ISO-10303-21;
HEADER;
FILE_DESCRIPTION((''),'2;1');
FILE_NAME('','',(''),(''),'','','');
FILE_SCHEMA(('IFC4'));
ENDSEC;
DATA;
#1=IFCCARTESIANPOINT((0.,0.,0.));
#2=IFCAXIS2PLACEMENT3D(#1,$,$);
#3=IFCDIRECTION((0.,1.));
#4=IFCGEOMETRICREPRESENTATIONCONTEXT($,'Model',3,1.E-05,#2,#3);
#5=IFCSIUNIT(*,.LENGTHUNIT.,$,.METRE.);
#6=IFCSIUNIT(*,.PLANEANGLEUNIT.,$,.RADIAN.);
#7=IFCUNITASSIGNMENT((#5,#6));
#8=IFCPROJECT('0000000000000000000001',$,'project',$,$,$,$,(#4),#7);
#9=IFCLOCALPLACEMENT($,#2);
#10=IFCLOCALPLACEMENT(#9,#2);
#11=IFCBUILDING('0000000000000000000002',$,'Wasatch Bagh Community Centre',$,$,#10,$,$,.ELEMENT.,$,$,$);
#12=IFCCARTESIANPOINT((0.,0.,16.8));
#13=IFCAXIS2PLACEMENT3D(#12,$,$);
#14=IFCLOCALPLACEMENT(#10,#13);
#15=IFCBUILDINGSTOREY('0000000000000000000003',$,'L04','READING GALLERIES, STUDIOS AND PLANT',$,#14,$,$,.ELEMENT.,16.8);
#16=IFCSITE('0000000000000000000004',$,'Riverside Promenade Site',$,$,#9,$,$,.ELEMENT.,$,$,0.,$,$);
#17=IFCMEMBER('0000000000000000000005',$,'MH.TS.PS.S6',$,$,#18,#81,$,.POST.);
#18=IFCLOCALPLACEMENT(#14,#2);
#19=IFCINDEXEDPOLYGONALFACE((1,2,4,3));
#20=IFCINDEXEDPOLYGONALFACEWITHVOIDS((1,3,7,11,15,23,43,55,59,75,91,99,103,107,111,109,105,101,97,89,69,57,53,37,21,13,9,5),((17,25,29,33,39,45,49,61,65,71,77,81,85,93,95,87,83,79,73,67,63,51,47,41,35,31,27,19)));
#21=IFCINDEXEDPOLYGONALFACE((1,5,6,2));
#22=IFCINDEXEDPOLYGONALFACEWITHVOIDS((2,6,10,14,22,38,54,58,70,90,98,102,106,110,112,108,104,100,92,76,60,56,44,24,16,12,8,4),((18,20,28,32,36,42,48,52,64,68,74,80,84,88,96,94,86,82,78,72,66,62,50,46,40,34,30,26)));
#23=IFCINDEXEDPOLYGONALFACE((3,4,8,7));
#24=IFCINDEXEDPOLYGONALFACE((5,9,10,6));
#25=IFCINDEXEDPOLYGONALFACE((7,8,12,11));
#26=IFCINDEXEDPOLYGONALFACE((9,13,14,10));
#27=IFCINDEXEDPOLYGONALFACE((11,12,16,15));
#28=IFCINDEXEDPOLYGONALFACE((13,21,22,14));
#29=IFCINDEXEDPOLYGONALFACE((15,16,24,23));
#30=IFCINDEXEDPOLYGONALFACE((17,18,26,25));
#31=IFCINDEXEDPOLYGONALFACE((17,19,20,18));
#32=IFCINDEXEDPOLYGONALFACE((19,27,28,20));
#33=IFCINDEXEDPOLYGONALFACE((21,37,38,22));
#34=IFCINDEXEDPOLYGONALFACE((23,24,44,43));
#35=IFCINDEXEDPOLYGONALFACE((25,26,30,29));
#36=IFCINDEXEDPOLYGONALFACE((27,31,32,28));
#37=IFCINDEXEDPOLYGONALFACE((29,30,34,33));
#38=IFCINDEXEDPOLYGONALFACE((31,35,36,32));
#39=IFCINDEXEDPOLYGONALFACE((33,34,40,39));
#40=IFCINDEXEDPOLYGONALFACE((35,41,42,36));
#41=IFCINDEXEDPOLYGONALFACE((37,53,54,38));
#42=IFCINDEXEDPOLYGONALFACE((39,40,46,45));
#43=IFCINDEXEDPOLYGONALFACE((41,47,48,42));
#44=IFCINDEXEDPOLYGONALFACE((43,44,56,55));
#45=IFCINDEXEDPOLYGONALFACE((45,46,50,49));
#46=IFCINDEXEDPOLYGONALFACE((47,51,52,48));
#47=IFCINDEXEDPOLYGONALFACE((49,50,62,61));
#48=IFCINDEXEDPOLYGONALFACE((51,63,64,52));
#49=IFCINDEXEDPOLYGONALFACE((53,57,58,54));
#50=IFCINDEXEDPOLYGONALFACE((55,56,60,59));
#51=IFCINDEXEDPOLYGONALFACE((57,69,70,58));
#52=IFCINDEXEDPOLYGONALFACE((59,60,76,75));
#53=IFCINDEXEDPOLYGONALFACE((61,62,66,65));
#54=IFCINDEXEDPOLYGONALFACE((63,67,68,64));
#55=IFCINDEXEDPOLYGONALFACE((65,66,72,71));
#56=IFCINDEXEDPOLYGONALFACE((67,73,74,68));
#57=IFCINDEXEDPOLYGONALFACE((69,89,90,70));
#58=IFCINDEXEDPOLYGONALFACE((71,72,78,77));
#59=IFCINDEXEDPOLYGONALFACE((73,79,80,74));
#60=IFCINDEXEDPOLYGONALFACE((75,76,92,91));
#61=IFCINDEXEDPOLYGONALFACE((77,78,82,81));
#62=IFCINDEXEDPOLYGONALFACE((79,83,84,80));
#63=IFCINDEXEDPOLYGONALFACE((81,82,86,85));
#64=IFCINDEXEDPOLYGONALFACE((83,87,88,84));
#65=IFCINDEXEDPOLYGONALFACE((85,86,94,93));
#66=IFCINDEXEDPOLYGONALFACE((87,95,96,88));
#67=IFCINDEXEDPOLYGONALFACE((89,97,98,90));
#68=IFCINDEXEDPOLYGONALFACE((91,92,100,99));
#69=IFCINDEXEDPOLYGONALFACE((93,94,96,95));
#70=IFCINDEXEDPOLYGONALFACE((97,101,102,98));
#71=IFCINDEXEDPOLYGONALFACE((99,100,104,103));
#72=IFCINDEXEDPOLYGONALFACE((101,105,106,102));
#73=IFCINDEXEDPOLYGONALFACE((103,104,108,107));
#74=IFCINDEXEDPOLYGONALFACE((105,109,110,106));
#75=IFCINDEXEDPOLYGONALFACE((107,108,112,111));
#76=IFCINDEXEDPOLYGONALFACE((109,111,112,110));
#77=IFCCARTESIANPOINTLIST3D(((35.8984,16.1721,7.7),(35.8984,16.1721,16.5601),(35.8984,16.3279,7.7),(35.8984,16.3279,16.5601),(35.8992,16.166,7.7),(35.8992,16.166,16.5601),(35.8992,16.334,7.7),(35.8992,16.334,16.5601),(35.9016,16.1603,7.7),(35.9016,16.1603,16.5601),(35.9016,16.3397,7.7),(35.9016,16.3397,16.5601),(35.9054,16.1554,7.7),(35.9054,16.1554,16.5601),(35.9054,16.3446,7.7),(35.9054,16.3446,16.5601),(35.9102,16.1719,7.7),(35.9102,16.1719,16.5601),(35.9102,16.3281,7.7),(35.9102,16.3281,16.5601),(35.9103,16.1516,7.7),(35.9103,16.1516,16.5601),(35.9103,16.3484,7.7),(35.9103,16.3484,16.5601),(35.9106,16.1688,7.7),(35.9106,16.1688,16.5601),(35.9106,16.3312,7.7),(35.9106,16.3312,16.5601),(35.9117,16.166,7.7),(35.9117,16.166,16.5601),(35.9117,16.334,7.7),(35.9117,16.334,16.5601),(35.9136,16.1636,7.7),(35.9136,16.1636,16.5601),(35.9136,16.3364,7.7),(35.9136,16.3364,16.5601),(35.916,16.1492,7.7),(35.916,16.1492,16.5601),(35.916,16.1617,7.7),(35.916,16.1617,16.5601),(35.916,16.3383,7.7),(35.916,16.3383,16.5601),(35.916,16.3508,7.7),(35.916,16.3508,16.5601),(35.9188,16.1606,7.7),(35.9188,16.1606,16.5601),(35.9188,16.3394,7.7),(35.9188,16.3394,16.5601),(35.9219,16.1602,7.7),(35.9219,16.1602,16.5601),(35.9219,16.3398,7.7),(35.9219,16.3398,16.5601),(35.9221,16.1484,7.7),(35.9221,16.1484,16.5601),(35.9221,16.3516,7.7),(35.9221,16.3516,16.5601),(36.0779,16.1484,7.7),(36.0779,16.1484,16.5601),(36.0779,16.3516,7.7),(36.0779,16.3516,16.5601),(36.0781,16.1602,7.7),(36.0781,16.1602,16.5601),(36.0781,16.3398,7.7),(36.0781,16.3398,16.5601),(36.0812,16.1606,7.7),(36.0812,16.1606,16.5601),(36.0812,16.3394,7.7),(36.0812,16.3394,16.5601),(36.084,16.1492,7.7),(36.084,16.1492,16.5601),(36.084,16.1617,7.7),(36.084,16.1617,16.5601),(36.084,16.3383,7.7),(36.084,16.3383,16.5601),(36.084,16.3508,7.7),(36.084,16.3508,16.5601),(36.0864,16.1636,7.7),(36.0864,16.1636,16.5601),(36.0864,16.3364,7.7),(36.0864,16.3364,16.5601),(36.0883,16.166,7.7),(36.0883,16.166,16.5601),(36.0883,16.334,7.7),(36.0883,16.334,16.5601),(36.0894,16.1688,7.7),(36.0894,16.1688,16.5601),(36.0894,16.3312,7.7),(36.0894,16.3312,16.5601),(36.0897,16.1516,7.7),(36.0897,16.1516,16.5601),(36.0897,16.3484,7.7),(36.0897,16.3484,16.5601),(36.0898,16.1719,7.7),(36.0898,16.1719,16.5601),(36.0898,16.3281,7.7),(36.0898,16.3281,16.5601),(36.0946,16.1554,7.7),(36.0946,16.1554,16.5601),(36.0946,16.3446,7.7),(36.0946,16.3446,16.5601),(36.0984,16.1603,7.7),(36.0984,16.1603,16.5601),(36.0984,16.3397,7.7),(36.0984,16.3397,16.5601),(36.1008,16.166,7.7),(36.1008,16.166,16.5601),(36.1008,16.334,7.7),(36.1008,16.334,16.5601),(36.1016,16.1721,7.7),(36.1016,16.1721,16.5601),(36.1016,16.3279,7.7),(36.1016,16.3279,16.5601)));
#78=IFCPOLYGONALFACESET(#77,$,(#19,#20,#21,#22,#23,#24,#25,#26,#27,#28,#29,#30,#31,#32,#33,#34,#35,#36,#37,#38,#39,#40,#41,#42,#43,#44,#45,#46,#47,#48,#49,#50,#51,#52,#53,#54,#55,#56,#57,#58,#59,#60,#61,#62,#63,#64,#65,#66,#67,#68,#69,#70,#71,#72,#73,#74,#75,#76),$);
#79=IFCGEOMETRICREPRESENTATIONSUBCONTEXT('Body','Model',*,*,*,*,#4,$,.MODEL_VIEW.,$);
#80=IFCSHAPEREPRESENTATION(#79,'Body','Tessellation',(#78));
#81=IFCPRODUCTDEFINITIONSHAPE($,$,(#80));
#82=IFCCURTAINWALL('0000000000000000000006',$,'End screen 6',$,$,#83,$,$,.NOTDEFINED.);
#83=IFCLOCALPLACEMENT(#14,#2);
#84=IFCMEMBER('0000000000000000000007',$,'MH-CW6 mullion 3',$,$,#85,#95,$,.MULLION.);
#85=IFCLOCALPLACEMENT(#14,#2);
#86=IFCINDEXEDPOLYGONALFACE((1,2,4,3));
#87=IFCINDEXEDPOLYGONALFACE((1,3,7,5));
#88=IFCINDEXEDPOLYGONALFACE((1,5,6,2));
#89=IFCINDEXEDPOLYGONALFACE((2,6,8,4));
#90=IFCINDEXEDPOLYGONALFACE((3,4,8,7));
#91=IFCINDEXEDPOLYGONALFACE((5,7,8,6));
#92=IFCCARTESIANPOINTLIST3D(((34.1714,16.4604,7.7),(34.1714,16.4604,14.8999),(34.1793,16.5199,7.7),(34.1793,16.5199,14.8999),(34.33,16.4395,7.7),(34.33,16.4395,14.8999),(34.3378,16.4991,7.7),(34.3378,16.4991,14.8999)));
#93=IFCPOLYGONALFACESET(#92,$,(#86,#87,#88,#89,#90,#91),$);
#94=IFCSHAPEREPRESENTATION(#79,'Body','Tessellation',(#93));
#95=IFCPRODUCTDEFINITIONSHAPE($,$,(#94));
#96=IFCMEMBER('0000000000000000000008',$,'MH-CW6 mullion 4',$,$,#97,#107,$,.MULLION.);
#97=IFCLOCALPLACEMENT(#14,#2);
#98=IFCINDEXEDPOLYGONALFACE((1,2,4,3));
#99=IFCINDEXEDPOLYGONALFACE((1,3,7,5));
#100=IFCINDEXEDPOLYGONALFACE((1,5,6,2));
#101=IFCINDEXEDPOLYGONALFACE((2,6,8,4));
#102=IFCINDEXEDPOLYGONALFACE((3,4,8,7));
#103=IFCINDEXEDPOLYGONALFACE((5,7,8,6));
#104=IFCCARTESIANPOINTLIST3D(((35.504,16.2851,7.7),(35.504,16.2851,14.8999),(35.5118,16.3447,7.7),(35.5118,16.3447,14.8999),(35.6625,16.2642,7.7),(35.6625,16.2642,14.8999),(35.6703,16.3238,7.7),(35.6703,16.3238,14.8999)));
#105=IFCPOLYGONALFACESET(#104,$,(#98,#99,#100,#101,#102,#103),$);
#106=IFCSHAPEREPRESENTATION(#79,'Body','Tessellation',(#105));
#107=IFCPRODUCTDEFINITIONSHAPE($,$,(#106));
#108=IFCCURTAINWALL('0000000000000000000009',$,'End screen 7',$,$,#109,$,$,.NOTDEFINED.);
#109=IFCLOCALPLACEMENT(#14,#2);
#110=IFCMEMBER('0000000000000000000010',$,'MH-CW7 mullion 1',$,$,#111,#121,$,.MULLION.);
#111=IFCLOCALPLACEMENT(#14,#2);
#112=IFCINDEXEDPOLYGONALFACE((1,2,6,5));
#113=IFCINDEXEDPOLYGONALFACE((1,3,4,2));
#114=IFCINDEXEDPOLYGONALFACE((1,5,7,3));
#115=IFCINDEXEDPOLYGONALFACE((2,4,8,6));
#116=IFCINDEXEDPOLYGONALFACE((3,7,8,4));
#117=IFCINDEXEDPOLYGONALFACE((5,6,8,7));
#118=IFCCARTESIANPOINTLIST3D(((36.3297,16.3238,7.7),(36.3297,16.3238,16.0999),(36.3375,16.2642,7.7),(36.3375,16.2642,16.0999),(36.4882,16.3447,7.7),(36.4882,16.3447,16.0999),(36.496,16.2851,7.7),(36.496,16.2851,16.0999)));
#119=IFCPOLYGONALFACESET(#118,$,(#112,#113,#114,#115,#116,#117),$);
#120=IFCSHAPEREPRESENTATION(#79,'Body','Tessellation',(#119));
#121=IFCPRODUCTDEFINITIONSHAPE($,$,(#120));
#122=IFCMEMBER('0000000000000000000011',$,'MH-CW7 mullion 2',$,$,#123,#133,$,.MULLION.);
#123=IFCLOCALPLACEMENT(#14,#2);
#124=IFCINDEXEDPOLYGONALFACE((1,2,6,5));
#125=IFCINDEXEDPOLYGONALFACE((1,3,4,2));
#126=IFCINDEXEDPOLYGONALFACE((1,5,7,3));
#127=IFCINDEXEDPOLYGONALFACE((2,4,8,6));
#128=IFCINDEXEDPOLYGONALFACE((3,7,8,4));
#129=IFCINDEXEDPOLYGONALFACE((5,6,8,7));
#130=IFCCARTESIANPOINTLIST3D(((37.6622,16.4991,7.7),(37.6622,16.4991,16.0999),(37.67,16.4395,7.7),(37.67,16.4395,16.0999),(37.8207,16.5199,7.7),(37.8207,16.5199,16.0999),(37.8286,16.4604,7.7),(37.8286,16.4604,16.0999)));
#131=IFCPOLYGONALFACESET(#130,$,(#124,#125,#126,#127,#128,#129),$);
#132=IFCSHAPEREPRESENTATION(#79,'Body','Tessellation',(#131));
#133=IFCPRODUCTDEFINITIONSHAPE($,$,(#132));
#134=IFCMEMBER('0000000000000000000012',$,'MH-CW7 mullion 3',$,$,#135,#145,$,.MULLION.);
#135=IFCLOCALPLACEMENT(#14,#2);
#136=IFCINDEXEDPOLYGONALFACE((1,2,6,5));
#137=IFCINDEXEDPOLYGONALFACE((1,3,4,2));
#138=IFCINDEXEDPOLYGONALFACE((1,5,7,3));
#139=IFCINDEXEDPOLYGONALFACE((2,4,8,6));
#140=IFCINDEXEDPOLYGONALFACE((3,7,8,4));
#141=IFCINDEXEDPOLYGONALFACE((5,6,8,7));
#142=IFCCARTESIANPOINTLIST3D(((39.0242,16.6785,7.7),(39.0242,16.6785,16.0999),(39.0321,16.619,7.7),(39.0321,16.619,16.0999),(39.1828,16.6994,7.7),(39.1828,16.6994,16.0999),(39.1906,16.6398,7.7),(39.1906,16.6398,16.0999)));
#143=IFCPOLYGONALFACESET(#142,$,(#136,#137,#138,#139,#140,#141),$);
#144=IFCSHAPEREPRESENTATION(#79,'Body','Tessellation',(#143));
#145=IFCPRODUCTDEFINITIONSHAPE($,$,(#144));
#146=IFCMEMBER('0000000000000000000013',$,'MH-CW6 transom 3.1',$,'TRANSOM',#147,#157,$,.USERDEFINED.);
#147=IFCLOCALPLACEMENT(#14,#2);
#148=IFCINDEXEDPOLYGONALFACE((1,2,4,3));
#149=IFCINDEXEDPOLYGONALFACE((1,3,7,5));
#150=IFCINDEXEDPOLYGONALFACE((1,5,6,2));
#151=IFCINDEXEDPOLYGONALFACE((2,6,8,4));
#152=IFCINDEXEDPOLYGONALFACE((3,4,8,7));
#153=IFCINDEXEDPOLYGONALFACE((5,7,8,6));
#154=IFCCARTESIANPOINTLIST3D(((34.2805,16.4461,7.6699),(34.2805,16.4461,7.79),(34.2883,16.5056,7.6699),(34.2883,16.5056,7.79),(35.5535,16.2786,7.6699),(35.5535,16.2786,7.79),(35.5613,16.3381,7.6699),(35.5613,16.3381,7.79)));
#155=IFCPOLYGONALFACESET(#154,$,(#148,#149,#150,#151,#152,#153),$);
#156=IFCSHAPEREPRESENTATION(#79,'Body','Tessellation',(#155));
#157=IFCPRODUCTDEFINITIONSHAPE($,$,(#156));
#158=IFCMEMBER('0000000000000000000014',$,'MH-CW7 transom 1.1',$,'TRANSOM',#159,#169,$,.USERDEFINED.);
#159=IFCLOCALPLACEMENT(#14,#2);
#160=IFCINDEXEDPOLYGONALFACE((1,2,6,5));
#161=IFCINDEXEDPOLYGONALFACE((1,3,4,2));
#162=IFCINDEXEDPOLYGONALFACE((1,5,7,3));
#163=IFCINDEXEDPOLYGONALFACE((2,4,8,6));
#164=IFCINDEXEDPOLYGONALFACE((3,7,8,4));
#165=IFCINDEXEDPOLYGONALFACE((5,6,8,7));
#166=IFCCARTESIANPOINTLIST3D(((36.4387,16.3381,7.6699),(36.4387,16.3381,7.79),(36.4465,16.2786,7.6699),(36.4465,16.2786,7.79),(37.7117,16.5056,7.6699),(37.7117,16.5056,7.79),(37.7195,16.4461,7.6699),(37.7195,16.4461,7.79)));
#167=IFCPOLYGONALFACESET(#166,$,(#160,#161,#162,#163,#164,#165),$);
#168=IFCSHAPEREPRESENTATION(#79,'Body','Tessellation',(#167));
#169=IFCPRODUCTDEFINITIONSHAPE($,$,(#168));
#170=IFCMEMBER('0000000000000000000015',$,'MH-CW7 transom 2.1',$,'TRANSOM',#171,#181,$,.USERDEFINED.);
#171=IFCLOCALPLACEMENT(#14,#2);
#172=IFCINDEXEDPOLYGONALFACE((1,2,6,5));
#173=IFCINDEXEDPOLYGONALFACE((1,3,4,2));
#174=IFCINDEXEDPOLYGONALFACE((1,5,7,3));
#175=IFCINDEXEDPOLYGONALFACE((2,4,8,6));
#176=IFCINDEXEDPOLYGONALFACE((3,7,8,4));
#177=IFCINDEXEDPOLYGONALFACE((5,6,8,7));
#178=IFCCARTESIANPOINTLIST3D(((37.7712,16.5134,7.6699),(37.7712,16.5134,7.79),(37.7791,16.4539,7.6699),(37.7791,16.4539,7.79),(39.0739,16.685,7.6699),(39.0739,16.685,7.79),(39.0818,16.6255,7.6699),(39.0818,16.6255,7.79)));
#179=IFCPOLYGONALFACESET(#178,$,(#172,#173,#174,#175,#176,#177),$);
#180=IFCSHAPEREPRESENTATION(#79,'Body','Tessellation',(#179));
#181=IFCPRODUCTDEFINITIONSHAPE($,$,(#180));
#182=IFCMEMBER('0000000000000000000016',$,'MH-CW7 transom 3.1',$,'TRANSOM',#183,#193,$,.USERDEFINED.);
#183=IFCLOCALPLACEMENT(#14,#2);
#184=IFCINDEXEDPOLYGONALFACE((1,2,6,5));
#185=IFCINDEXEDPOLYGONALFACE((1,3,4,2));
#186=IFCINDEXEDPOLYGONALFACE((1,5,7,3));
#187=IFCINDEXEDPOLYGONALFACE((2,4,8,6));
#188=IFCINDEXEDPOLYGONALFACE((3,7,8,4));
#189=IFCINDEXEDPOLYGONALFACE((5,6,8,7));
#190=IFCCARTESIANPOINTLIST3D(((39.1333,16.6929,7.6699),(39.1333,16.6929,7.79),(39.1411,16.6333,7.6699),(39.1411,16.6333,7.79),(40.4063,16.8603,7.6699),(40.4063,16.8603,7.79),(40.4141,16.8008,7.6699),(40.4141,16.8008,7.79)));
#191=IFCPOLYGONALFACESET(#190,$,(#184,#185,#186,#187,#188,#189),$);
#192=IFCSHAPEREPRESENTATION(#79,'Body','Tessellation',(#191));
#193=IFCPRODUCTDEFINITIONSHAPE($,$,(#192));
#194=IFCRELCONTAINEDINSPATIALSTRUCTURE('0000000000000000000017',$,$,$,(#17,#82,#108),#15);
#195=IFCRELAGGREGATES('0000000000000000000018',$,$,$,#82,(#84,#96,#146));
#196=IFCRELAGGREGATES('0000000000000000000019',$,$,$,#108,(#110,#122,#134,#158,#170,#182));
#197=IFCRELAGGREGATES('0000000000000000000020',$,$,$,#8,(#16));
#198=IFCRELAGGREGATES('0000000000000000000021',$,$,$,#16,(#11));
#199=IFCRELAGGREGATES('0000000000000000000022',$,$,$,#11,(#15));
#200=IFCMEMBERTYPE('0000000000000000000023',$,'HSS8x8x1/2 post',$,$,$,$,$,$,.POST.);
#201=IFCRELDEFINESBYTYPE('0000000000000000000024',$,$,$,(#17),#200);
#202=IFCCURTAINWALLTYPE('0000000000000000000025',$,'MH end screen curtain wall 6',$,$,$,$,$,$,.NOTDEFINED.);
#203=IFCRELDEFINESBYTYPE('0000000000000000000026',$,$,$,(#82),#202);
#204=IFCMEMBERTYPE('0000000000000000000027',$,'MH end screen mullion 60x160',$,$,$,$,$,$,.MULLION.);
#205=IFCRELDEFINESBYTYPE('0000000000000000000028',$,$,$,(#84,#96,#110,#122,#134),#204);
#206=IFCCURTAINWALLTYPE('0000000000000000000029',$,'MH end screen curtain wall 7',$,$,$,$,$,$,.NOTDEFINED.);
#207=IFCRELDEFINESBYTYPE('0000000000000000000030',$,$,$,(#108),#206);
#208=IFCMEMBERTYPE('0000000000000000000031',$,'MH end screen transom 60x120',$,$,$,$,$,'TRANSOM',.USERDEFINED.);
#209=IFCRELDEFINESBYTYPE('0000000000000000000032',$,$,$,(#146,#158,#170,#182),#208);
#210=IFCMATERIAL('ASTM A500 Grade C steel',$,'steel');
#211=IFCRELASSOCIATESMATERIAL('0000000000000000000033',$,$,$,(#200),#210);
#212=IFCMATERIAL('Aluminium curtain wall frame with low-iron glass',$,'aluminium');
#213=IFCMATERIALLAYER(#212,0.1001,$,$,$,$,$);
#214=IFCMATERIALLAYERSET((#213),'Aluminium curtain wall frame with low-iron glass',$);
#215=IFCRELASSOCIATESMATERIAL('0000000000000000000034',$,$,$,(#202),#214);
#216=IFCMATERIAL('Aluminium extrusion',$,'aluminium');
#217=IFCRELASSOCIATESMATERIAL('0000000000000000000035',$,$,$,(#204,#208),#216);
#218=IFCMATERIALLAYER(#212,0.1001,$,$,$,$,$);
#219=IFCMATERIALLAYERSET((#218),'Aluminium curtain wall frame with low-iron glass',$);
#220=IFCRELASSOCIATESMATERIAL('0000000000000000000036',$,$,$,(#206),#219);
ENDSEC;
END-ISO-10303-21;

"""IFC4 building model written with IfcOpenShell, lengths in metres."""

from ifc_helpers import new_model, si_unit, direction, frame, origin, origin_2d, place, context, subcontext, project, spatial, rectangle, hollow_rectangle, extrude, material, layer, layer_set, material_profile, profile_set, type_object, element, aggregate, save


model = new_model("IFC4")

# Units and contexts
model_context = context("Model", 3, precision=1e-05, world=origin(), true_north=direction((0.0, 1.0)))
body_context = subcontext(model_context, "Body", "Model", "MODEL_VIEW")
ifc_project = project(units=[si_unit("LENGTHUNIT", "METRE"), si_unit("PLANEANGLEUNIT", "RADIAN")], contexts=[model_context])

# Site, building, storey
site_placement = place(None, origin())
site = spatial("IfcSite", under=ifc_project, at=site_placement, Name="Riverside Promenade Site", CompositionType="ELEMENT", RefElevation=0.0)
building_placement = place(site_placement, origin())
building = spatial("IfcBuilding", under=site, at=building_placement, Name="Wasatch Bagh Community Centre", CompositionType="ELEMENT")
storey_placement = place(building_placement, frame((0.0, 0.0, 16.8)))
storey = spatial("IfcBuildingStorey", under=building, at=storey_placement, Name="L04", Description="READING GALLERIES, STUDIOS AND PLANT", CompositionType="ELEMENT", Elevation=16.8)

# Member
ifc_material_1 = material(Name="ASTM A500 Grade C steel", Category="steel")
ifc_material_profile_1 = material_profile(ifc_material_1, hollow_rectangle(XDim=0.2031, YDim=0.2031, WallThickness=0.0117, InnerFilletRadius=0.0117, OuterFilletRadius=0.0237, at=origin_2d()), Name="HSS8x8x1/2")
ifc_profile_set_1 = profile_set([ifc_material_profile_1], Name="ASTM A500 Grade C steel")
member_type_1 = type_object("IfcMemberType", Name="HSS8x8x1/2 post", PredefinedType="POST", material=ifc_profile_set_1)
member_1_placement = place(storey_placement, frame((36.0, 16.25, 7.7), z_axis=(0.0, 0.0, 1.0), x_axis=(1.0, 0.0, 0.0)))
element("IfcMember", 1, at=member_1_placement, inside=storey, type_object=member_type_1, Name="MH.TS.PS.S6", PredefinedType="POST", context=body_context, shape_type="SweptSolid", body=[
    extrude(hollow_rectangle(XDim=0.2031, YDim=0.2031, WallThickness=0.0117, InnerFilletRadius=0.0117, OuterFilletRadius=0.0237, at=origin_2d()), origin(), (0.0, 0.0, 1.0), 8.8601),
])

# Curtain walls, members
ifc_material_2 = material(Name="Aluminium curtain wall frame with low-iron glass", Category="aluminium")
ifc_layer_1 = layer(ifc_material_2, 0.1001)
ifc_layer_set_1 = layer_set([ifc_layer_1], Name="Aluminium curtain wall frame with low-iron glass")
curtain_wall_type_1 = type_object("IfcCurtainWallType", Name="MH end screen curtain wall 6", PredefinedType="NOTDEFINED", material=ifc_layer_set_1)
curtain_wall_1_placement = place(storey_placement, origin())
curtain_wall_1 = element("IfcCurtainWall", 2, at=curtain_wall_1_placement, inside=storey, type_object=curtain_wall_type_1, Name="End screen 6", PredefinedType="NOTDEFINED")
ifc_material_3 = material(Name="Aluminium extrusion", Category="aluminium")
ifc_material_profile_2 = material_profile(ifc_material_3, rectangle(XDim=0.0601, YDim=0.1599, at=origin_2d()), Name="AL 60x160")
ifc_profile_set_2 = profile_set([ifc_material_profile_2], Name="Aluminium extrusion")
member_type_2 = type_object("IfcMemberType", Name="MH end screen mullion 60x160", PredefinedType="MULLION", material=ifc_profile_set_2)
member_2_placement = place(storey_placement, frame((34.2546, 16.4797, 7.7), z_axis=(0.0, 0.0, 1.0), x_axis=(0.130526, 0.991445, 0.0)))
member_2 = element("IfcMember", 3, at=member_2_placement, type_object=member_type_2, Name="MH-CW6 mullion 3", PredefinedType="MULLION", context=body_context, shape_type="SweptSolid", body=[
    extrude(rectangle(XDim=0.0601, YDim=0.1599, at=origin_2d()), origin(), (0.0, 0.0, 1.0), 7.2),
])
member_3_placement = place(storey_placement, frame((35.5872, 16.3044, 7.7), z_axis=(0.0, 0.0, 1.0), x_axis=(0.130526, 0.991445, 0.0)))
member_3 = element("IfcMember", 4, at=member_3_placement, type_object=member_type_2, Name="MH-CW6 mullion 4", PredefinedType="MULLION", context=body_context, shape_type="SweptSolid", body=[
    extrude(rectangle(XDim=0.0601, YDim=0.1599, at=origin_2d()), origin(), (0.0, 0.0, 1.0), 7.2),
])
ifc_layer_2 = layer(ifc_material_2, 0.1001)
ifc_layer_set_2 = layer_set([ifc_layer_2], Name="Aluminium curtain wall frame with low-iron glass")
curtain_wall_type_2 = type_object("IfcCurtainWallType", Name="MH end screen curtain wall 7", PredefinedType="NOTDEFINED", material=ifc_layer_set_2)
curtain_wall_2_placement = place(storey_placement, origin())
curtain_wall_2 = element("IfcCurtainWall", 5, at=curtain_wall_2_placement, inside=storey, type_object=curtain_wall_type_2, Name="End screen 7", PredefinedType="NOTDEFINED")
member_4_placement = place(storey_placement, frame((36.4128, 16.3044, 7.7), z_axis=(0.0, 0.0, 1.0), x_axis=(-0.130526, 0.991445, 0.0)))
member_4 = element("IfcMember", 6, at=member_4_placement, type_object=member_type_2, Name="MH-CW7 mullion 1", PredefinedType="MULLION", context=body_context, shape_type="SweptSolid", body=[
    extrude(rectangle(XDim=0.0601, YDim=0.1599, at=origin_2d()), origin(), (0.0, 0.0, 1.0), 8.3999),
])
member_5_placement = place(storey_placement, frame((37.7454, 16.4797, 7.7), z_axis=(0.0, 0.0, 1.0), x_axis=(-0.130526, 0.991445, 0.0)))
member_5 = element("IfcMember", 7, at=member_5_placement, type_object=member_type_2, Name="MH-CW7 mullion 2", PredefinedType="MULLION", context=body_context, shape_type="SweptSolid", body=[
    extrude(rectangle(XDim=0.0601, YDim=0.1599, at=origin_2d()), origin(), (0.0, 0.0, 1.0), 8.3999),
])
member_6_placement = place(storey_placement, frame((39.1074, 16.6592, 7.7), z_axis=(0.0, 0.0, 1.0), x_axis=(-0.130526, 0.991445, 0.0)))
member_6 = element("IfcMember", 8, at=member_6_placement, type_object=member_type_2, Name="MH-CW7 mullion 3", PredefinedType="MULLION", context=body_context, shape_type="SweptSolid", body=[
    extrude(rectangle(XDim=0.0601, YDim=0.1599, at=origin_2d()), origin(), (0.0, 0.0, 1.0), 8.3999),
])

# Members
ifc_material_profile_3 = material_profile(ifc_material_3, rectangle(XDim=0.0601, YDim=0.1201, at=origin_2d()), Name="AL 60x120")
ifc_profile_set_3 = profile_set([ifc_material_profile_3], Name="Aluminium extrusion")
member_type_3 = type_object("IfcMemberType", Name="MH end screen transom 60x120", ElementType="TRANSOM", PredefinedType="USERDEFINED", material=ifc_profile_set_3)
member_7_placement = place(storey_placement, frame((34.2844, 16.4758, 7.73), z_axis=(0.991456, -0.130445, 0.0), x_axis=(0.130445, 0.991456, 0.0)))
member_7 = element("IfcMember", 9, at=member_7_placement, type_object=member_type_3, Name="MH-CW6 transom 3.1", ObjectType="TRANSOM", PredefinedType="USERDEFINED", context=body_context, shape_type="SweptSolid", body=[
    extrude(rectangle(XDim=0.0601, YDim=0.1201, at=origin_2d()), origin(), (0.0, 0.0, 1.0), 1.2839),
])
member_8_placement = place(storey_placement, frame((36.4426, 16.3083, 7.73), z_axis=(0.991456, 0.130445, 0.0), x_axis=(-0.130445, 0.991456, 0.0)))
member_8 = element("IfcMember", 10, at=member_8_placement, type_object=member_type_3, Name="MH-CW7 transom 1.1", ObjectType="TRANSOM", PredefinedType="USERDEFINED", context=body_context, shape_type="SweptSolid", body=[
    extrude(rectangle(XDim=0.0601, YDim=0.1201, at=origin_2d()), origin(), (0.0, 0.0, 1.0), 1.2839),
])
member_9_placement = place(storey_placement, frame((37.7751, 16.4836, 7.73), z_axis=(0.991433, 0.130618, 0.0), x_axis=(-0.130618, 0.991433, 0.0)))
member_9 = element("IfcMember", 11, at=member_9_placement, type_object=member_type_3, Name="MH-CW7 transom 2.1", ObjectType="TRANSOM", PredefinedType="USERDEFINED", context=body_context, shape_type="SweptSolid", body=[
    extrude(rectangle(XDim=0.0601, YDim=0.1201, at=origin_2d()), origin(), (0.0, 0.0, 1.0), 1.314),
])
member_10_placement = place(storey_placement, frame((39.1372, 16.6631, 7.73), z_axis=(0.991456, 0.130445, 0.0), x_axis=(-0.130445, 0.991456, 0.0)))
member_10 = element("IfcMember", 12, at=member_10_placement, type_object=member_type_3, Name="MH-CW7 transom 3.1", ObjectType="TRANSOM", PredefinedType="USERDEFINED", context=body_context, shape_type="SweptSolid", body=[
    extrude(rectangle(XDim=0.0601, YDim=0.1201, at=origin_2d()), origin(), (0.0, 0.0, 1.0), 1.2839),
])

aggregate(curtain_wall_1, [member_2, member_3, member_7])
aggregate(curtain_wall_2, [member_4, member_5, member_6, member_8, member_9, member_10])

save(model, "model.ifc")
